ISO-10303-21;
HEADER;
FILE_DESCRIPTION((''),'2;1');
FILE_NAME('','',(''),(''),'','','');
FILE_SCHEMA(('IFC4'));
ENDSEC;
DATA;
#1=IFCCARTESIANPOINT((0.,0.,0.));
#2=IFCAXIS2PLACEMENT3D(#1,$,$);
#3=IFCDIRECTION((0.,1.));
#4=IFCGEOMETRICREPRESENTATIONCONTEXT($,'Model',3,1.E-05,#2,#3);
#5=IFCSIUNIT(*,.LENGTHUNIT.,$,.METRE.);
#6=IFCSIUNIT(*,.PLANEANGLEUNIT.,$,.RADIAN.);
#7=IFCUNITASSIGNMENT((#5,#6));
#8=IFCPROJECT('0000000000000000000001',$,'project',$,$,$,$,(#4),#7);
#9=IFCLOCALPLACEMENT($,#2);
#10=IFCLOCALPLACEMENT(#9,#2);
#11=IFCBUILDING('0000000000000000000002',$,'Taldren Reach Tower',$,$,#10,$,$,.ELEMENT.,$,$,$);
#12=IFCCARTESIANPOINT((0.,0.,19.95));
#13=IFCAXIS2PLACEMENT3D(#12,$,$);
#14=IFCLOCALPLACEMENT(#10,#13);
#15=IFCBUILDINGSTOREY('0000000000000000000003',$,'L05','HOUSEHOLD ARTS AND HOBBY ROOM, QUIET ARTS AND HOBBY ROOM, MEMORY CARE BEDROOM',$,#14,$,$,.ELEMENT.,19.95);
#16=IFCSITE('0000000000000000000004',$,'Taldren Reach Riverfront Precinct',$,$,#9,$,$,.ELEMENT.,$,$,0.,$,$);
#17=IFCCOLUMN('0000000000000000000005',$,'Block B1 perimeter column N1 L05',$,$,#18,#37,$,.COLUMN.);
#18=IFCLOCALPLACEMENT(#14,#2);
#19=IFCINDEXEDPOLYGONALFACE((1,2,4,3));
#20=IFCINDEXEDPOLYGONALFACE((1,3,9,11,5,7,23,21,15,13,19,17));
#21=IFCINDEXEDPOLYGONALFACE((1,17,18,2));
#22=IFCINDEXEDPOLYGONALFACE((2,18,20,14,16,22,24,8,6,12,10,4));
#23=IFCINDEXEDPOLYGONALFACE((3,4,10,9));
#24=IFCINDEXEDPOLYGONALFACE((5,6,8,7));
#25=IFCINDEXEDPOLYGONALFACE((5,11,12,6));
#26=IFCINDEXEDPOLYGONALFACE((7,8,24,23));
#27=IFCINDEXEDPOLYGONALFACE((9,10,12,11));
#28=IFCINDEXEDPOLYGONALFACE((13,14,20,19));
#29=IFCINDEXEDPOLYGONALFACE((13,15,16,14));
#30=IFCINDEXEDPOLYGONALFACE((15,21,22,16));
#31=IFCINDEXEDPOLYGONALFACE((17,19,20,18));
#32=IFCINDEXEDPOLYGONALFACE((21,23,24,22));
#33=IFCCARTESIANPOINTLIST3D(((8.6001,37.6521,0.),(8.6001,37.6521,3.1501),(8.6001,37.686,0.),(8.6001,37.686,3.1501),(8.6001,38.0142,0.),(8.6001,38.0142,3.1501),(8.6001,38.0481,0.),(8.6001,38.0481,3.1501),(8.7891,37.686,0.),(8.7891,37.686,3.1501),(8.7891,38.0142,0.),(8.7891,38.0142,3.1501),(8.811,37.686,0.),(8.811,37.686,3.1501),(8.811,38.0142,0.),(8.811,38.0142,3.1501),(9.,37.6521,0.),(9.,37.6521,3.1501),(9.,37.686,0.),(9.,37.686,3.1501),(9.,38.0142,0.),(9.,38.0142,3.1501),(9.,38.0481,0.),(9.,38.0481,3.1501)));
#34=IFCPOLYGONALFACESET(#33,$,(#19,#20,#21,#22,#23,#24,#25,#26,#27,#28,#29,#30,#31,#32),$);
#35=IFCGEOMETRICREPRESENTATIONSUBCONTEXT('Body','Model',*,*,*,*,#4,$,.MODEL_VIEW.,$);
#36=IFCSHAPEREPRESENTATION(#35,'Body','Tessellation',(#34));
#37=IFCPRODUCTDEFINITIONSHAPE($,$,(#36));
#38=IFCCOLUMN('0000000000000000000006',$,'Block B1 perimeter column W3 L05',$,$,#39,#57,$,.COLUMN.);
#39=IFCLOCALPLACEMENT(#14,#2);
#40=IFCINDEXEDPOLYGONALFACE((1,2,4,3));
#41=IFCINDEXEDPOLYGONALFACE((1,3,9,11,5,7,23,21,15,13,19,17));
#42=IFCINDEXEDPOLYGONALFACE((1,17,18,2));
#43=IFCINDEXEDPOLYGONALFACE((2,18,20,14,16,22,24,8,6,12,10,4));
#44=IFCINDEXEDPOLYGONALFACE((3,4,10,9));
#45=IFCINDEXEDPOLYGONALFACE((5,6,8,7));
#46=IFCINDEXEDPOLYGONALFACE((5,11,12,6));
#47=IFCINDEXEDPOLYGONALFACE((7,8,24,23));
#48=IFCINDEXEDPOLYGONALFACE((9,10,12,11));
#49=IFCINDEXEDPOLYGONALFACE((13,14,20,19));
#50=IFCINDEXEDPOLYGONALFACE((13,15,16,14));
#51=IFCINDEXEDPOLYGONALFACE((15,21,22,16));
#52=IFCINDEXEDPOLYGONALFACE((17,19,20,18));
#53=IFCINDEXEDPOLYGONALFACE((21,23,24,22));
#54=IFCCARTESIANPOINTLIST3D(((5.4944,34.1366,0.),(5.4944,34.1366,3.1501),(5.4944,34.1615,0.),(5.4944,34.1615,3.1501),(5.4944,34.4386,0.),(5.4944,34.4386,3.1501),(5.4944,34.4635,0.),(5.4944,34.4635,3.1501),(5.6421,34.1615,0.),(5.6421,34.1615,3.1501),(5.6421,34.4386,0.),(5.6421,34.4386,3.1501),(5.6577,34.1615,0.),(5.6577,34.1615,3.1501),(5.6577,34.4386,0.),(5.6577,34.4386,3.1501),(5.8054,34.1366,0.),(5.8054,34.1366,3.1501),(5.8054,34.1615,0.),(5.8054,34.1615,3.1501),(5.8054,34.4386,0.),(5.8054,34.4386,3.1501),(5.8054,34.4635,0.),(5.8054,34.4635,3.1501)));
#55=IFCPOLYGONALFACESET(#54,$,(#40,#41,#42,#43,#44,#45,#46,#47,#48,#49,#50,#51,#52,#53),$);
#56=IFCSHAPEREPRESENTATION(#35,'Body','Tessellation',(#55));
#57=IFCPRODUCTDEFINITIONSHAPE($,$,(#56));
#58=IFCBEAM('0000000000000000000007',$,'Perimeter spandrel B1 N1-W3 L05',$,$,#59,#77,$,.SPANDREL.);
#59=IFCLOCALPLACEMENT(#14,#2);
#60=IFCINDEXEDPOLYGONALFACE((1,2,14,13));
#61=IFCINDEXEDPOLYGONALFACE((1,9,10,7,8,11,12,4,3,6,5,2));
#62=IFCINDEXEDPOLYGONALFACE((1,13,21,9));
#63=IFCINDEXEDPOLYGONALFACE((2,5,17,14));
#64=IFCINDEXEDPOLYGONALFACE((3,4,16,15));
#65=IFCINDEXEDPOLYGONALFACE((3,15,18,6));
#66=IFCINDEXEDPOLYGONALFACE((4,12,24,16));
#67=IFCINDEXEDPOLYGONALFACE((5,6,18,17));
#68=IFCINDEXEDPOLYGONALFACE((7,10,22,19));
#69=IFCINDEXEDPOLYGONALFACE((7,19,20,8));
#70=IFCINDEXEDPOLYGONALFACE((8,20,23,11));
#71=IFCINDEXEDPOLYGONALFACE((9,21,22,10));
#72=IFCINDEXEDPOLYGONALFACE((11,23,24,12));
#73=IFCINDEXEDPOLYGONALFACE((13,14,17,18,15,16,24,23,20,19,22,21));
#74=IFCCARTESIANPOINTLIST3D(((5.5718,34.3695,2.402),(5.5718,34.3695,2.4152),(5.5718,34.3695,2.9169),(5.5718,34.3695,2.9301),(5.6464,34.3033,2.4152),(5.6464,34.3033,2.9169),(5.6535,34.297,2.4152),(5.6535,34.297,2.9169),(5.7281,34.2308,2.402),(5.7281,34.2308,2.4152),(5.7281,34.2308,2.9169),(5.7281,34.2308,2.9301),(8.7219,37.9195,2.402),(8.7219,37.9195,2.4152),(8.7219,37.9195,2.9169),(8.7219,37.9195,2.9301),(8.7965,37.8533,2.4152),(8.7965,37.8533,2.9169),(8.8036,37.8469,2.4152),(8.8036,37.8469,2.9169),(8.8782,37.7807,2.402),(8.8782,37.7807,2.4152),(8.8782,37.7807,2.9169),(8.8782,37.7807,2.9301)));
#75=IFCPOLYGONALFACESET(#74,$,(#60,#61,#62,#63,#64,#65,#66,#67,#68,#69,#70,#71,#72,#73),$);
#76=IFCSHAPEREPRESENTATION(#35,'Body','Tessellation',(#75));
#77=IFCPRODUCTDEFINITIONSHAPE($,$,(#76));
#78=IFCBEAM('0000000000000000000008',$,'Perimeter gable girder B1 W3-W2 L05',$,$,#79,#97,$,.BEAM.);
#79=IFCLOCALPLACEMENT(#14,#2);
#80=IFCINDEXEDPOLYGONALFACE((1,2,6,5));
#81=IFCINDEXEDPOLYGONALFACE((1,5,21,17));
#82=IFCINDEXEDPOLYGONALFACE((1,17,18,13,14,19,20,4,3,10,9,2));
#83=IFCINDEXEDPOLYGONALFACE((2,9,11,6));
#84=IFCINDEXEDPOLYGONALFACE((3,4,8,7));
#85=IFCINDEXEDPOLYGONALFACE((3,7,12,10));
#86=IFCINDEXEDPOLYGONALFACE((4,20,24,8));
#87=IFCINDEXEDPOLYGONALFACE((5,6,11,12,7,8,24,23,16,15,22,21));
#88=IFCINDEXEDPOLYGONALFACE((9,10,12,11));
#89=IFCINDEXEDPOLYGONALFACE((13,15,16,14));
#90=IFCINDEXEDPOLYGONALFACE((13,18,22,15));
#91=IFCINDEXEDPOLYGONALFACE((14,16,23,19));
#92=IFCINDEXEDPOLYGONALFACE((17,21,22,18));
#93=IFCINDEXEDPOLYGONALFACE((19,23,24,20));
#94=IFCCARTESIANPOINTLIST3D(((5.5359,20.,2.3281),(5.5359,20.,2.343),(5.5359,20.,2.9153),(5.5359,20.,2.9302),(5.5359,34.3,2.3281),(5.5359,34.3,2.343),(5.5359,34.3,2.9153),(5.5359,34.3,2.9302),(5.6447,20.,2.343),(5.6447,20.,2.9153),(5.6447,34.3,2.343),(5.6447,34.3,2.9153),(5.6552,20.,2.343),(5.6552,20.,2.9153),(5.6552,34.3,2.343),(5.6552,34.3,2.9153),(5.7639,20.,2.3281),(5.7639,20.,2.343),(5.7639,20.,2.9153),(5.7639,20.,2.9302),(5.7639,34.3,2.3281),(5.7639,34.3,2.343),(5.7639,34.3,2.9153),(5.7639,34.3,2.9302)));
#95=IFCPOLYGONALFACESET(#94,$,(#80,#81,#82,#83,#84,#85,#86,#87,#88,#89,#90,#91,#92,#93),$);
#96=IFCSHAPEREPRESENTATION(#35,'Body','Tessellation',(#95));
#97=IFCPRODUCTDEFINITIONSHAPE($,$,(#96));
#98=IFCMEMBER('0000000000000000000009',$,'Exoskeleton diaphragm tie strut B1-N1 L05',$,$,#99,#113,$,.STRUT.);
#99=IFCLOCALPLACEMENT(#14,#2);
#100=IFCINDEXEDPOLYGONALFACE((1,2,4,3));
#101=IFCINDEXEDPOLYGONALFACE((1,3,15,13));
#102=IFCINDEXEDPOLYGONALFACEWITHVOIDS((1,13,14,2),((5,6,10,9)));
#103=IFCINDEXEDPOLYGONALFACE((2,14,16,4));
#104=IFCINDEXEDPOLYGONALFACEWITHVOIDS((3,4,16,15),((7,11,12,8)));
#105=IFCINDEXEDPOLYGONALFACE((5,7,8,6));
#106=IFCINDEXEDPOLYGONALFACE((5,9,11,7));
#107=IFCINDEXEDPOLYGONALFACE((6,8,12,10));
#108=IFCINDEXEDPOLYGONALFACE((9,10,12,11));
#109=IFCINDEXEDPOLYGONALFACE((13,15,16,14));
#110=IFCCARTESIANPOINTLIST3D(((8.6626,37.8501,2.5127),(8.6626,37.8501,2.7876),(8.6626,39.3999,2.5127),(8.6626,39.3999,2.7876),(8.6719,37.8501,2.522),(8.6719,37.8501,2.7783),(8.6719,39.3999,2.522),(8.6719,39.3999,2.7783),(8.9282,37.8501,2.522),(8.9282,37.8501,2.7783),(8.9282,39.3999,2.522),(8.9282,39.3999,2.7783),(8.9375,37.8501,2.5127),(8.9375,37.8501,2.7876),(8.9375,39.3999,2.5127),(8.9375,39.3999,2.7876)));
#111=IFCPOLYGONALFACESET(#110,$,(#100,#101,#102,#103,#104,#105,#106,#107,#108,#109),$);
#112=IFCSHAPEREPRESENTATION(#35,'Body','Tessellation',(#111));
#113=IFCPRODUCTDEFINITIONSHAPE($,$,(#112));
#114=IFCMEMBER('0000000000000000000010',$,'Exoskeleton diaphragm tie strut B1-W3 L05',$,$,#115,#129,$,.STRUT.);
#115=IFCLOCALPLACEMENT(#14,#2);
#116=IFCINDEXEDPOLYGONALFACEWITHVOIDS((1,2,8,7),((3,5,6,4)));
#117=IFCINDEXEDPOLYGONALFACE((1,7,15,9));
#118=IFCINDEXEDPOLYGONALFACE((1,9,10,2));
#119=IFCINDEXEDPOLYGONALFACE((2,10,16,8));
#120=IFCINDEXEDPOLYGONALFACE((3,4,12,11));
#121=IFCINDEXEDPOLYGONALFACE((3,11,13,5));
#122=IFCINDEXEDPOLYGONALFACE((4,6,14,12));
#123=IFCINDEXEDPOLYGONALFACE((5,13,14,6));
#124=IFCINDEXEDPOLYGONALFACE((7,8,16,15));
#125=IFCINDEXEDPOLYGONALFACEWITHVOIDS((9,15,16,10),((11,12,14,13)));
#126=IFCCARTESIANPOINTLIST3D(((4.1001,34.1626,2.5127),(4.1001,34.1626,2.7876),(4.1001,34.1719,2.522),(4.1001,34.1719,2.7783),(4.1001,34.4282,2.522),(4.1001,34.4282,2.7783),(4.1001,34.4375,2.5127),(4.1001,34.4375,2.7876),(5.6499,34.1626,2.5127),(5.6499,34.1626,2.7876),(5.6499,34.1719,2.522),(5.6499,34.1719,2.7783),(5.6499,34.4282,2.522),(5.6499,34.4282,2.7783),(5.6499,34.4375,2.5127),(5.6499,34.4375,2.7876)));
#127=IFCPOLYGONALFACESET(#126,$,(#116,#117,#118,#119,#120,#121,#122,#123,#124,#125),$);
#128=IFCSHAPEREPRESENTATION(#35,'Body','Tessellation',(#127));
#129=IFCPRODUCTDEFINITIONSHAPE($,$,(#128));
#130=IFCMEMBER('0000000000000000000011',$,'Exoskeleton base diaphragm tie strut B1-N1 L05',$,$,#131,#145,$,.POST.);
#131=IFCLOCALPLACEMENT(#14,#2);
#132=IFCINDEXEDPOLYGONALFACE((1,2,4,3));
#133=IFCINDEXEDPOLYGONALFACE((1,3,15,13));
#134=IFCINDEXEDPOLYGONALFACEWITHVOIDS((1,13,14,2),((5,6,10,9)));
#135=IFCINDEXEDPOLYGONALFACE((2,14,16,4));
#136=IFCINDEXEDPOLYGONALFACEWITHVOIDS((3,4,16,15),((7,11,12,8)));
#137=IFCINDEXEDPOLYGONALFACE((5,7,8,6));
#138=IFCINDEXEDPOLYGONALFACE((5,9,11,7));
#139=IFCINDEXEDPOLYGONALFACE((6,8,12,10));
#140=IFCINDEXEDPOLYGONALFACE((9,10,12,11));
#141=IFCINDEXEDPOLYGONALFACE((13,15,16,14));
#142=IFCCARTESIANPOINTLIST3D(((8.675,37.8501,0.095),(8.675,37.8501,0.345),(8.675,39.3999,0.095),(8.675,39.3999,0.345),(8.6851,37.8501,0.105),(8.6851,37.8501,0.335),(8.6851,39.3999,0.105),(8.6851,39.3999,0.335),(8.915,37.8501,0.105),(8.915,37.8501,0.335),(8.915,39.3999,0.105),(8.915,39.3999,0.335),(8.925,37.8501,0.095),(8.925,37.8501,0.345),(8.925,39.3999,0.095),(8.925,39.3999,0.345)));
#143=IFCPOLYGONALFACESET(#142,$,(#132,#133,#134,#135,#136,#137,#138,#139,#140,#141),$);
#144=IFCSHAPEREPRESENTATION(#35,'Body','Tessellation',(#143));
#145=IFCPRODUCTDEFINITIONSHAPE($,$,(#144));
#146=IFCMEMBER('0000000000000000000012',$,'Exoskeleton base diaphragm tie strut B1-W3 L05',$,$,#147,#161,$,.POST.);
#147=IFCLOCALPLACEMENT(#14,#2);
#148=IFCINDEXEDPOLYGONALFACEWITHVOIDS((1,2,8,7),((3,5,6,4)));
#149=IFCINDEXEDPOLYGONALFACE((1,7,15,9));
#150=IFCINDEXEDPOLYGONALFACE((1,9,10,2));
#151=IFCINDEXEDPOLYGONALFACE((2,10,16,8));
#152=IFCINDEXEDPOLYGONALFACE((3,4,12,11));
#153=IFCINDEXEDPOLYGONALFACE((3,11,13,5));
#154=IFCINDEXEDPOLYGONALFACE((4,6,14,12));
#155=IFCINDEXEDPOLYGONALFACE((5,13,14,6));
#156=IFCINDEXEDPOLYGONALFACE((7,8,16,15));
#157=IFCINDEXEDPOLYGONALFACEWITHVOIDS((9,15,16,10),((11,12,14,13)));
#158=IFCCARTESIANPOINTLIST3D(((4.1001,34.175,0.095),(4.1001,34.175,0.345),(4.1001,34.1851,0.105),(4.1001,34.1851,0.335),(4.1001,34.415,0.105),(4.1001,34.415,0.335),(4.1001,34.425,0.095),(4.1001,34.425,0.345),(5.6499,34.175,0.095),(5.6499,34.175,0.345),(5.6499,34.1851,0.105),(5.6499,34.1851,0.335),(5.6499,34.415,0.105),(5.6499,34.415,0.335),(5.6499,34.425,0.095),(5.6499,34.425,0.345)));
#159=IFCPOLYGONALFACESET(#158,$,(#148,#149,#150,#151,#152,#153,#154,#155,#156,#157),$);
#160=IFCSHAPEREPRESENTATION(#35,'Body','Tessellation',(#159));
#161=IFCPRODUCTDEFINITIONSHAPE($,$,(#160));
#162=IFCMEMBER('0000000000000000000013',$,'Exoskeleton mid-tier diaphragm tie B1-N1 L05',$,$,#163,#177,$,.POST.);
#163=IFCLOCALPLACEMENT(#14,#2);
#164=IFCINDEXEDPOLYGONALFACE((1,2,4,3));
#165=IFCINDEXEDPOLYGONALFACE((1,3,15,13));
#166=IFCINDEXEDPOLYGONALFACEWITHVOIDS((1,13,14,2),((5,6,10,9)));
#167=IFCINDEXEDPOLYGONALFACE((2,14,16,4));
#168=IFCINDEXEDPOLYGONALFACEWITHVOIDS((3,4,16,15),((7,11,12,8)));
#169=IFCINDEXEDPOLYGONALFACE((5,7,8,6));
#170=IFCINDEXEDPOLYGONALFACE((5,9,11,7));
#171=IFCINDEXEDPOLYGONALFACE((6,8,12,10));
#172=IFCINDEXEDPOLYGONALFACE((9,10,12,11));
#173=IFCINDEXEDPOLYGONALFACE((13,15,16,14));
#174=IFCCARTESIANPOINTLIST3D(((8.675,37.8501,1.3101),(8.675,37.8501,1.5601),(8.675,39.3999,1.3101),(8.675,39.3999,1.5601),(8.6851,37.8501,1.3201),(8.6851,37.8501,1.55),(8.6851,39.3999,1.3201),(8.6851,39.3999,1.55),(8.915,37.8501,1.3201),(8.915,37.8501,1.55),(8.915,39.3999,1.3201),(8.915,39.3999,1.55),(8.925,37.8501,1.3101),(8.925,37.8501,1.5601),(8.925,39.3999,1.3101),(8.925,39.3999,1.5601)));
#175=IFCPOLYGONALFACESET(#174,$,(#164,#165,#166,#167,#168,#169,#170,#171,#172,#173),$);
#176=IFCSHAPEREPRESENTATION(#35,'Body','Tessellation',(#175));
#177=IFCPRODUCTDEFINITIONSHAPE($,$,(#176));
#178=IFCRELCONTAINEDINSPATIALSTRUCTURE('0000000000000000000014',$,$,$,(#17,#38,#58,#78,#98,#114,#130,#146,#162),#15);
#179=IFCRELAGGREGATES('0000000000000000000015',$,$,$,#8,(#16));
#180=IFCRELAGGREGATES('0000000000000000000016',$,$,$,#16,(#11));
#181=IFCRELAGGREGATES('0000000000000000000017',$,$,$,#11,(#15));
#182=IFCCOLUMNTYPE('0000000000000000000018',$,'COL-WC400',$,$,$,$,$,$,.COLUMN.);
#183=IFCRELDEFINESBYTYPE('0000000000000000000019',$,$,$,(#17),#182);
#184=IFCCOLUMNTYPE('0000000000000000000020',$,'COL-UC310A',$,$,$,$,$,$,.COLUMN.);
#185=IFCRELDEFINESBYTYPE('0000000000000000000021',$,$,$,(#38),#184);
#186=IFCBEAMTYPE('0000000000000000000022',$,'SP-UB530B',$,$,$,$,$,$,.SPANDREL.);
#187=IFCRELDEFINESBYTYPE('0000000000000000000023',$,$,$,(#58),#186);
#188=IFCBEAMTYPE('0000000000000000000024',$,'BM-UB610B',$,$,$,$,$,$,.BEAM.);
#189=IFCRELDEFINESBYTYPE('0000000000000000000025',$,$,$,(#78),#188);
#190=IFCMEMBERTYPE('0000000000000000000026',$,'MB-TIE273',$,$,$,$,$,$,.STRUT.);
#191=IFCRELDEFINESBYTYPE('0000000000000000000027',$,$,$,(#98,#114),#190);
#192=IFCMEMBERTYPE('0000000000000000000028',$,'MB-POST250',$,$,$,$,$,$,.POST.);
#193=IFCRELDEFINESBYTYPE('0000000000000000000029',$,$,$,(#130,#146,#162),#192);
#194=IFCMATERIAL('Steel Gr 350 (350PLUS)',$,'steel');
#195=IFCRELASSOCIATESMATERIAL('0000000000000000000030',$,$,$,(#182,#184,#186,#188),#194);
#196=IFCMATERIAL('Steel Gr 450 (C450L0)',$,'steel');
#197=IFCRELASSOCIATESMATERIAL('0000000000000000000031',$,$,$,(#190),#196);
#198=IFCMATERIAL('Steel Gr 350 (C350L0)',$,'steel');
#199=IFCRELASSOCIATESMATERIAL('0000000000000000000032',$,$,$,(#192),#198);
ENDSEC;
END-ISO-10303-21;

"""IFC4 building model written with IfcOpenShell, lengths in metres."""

from ifc_helpers import new_model, si_unit, direction, frame, origin, origin_2d, place, context, subcontext, project, spatial, hollow_rectangle, i_section, extrude, source, transform, mapped, material, material_profile, profile_set, type_object, element, save


model = new_model("IFC4")

# Units and contexts
model_context = context("Model", 3, precision=1e-05, world=origin(), true_north=direction((0.0, 1.0)))
body_context = subcontext(model_context, "Body", "Model", "MODEL_VIEW")
ifc_project = project(units=[si_unit("LENGTHUNIT", "METRE"), si_unit("PLANEANGLEUNIT", "RADIAN")], contexts=[model_context])

# Site, building, storey
site_placement = place(None, origin())
site = spatial("IfcSite", under=ifc_project, at=site_placement, Name="Taldren Reach Riverfront Precinct", CompositionType="ELEMENT", RefElevation=0.0)
building_placement = place(site_placement, origin())
building = spatial("IfcBuilding", under=site, at=building_placement, Name="Taldren Reach Tower", CompositionType="ELEMENT")
storey_placement = place(building_placement, frame((0.0, 0.0, 19.95)))
storey = spatial("IfcBuildingStorey", under=building, at=storey_placement, Name="L05", Description="HOUSEHOLD ARTS AND HOBBY ROOM, QUIET ARTS AND HOBBY ROOM, MEMORY CARE BEDROOM", CompositionType="ELEMENT", Elevation=19.95)

# Columns
ifc_material_1 = material(Name="Steel Gr 350 (350PLUS)", Category="steel")
ifc_material_profile_1 = material_profile(ifc_material_1, i_section(OverallWidth=0.3999, OverallDepth=0.396, WebThickness=0.022, FlangeThickness=0.0339, at=origin_2d()), Name="400WC270")
ifc_profile_set_1 = profile_set([ifc_material_profile_1], Name="Steel Gr 350 (350PLUS)")
column_type_1 = type_object("IfcColumnType", Name="COL-WC400", PredefinedType="COLUMN", material=ifc_profile_set_1)
shared_shape_1 = source(origin(), body_context, "Body", "SweptSolid", [
    extrude(i_section(OverallWidth=0.3999, OverallDepth=0.396, WebThickness=0.022, FlangeThickness=0.0339, at=origin_2d()), origin(), (0.0, 0.0, 1.0), 3.1501),
])
column_1_placement = place(storey_placement, frame((8.8, 37.8501, 0.0), z_axis=(0.0, 0.0, 1.0), x_axis=(1.0, 0.0, 0.0)))
element("IfcColumn", 1, at=column_1_placement, inside=storey, type_object=column_type_1, Name="Block B1 perimeter column N1 L05", PredefinedType="COLUMN", context=body_context, shape_type="MappedRepresentation", body=[
    mapped(shared_shape_1, transform((0.0, 0.0, 0.0), scale=1.0)),
])
ifc_material_profile_2 = material_profile(ifc_material_1, i_section(OverallWidth=0.311, OverallDepth=0.3269, WebThickness=0.0156, FlangeThickness=0.0249, at=origin_2d()), Name="310UC158")
ifc_profile_set_2 = profile_set([ifc_material_profile_2], Name="Steel Gr 350 (350PLUS)")
column_type_2 = type_object("IfcColumnType", Name="COL-UC310A", PredefinedType="COLUMN", material=ifc_profile_set_2)
shared_shape_2 = source(origin(), body_context, "Body", "SweptSolid", [
    extrude(i_section(OverallWidth=0.311, OverallDepth=0.3269, WebThickness=0.0156, FlangeThickness=0.0249, at=origin_2d()), origin(), (0.0, 0.0, 1.0), 3.1501),
])
column_2_placement = place(storey_placement, frame((5.6499, 34.3, 0.0), z_axis=(0.0, 0.0, 1.0), x_axis=(1.0, 0.0, 0.0)))
element("IfcColumn", 2, at=column_2_placement, inside=storey, type_object=column_type_2, Name="Block B1 perimeter column W3 L05", PredefinedType="COLUMN", context=body_context, shape_type="MappedRepresentation", body=[
    mapped(shared_shape_2, transform((0.0, 0.0, 0.0), scale=1.0)),
])

# Beams
ifc_material_profile_3 = material_profile(ifc_material_1, i_section(OverallWidth=0.209, OverallDepth=0.5281, WebThickness=0.0095, FlangeThickness=0.0132, at=origin_2d()), Name="530UB82.0")
ifc_profile_set_3 = profile_set([ifc_material_profile_3], Name="Steel Gr 350 (350PLUS)")
beam_type_1 = type_object("IfcBeamType", Name="SP-UB530B", PredefinedType="SPANDREL", material=ifc_profile_set_3)
shared_shape_3 = source(origin(), body_context, "Body", "SweptSolid", [
    extrude(i_section(OverallWidth=0.209, OverallDepth=0.5281, WebThickness=0.0095, FlangeThickness=0.0132, at=origin_2d()), origin(), (0.0, 0.0, 1.0), 4.7461),
])
beam_1_placement = place(storey_placement, frame((8.8, 37.8501, 2.666), z_axis=(-0.663722, -0.747979, 0.0), x_axis=(0.747979, -0.663722, 0.0)))
element("IfcBeam", 3, at=beam_1_placement, inside=storey, type_object=beam_type_1, Name="Perimeter spandrel B1 N1-W3 L05", PredefinedType="SPANDREL", context=body_context, shape_type="MappedRepresentation", body=[
    mapped(shared_shape_3, transform((0.0, 0.0, 0.0), scale=1.0)),
])
ifc_material_profile_4 = material_profile(ifc_material_1, i_section(OverallWidth=0.228, OverallDepth=0.6021, WebThickness=0.0105, FlangeThickness=0.0149, at=origin_2d()), Name="610UB101")
ifc_profile_set_4 = profile_set([ifc_material_profile_4], Name="Steel Gr 350 (350PLUS)")
beam_type_2 = type_object("IfcBeamType", Name="BM-UB610B", PredefinedType="BEAM", material=ifc_profile_set_4)
shared_shape_4 = source(origin(), body_context, "Body", "SweptSolid", [
    extrude(i_section(OverallWidth=0.228, OverallDepth=0.6021, WebThickness=0.0105, FlangeThickness=0.0149, at=origin_2d()), origin(), (0.0, 0.0, 1.0), 14.3),
])
beam_2_placement = place(storey_placement, frame((5.6499, 34.3, 2.6292), z_axis=(0.0, -1.0, 0.0), x_axis=(1.0, 0.0, 0.0)))
element("IfcBeam", 4, at=beam_2_placement, inside=storey, type_object=beam_type_2, Name="Perimeter gable girder B1 W3-W2 L05", PredefinedType="BEAM", context=body_context, shape_type="MappedRepresentation", body=[
    mapped(shared_shape_4, transform((0.0, 0.0, 0.0), scale=1.0)),
])

# Members
ifc_material_2 = material(Name="Steel Gr 450 (C450L0)", Category="steel")
ifc_material_profile_5 = material_profile(ifc_material_2, hollow_rectangle(XDim=0.2749, YDim=0.2749, WallThickness=0.0093, at=origin_2d()), Name="275x275x9.3SHS")
ifc_profile_set_5 = profile_set([ifc_material_profile_5], Name="Steel Gr 450 (C450L0)")
member_type_1 = type_object("IfcMemberType", Name="MB-TIE273", PredefinedType="STRUT", material=ifc_profile_set_5)
shared_shape_5 = source(origin(), body_context, "Body", "SweptSolid", [
    extrude(hollow_rectangle(XDim=0.2749, YDim=0.2749, WallThickness=0.0093, at=origin_2d()), origin(), (0.0, 0.0, 1.0), 1.5498),
])
for number, where, z_axis, x_axis, name in (
    (5, (8.8, 37.8501, 2.6501), (0.0, 1.0, 0.0), (-1.0, 0.0, 0.0), "Exoskeleton diaphragm tie strut B1-N1 L05"),
    (6, (5.6499, 34.3, 2.6501), (-1.0, 0.0, 0.0), (0.0, -1.0, 0.0), "Exoskeleton diaphragm tie strut B1-W3 L05"),
):
    element("IfcMember", number, at=place(storey_placement, frame(where, z_axis=z_axis, x_axis=x_axis)), inside=storey, type_object=member_type_1, Name=name, PredefinedType="STRUT", context=body_context, shape_type="MappedRepresentation", body=[
        mapped(shared_shape_5, transform((0.0, 0.0, 0.0), scale=1.0)),
    ])
ifc_material_3 = material(Name="Steel Gr 350 (C350L0)", Category="steel")
ifc_material_profile_6 = material_profile(ifc_material_3, hollow_rectangle(XDim=0.25, YDim=0.25, WallThickness=0.01, at=origin_2d()), Name="250x250x10.0SHS")
ifc_profile_set_6 = profile_set([ifc_material_profile_6], Name="Steel Gr 350 (C350L0)")
member_type_2 = type_object("IfcMemberType", Name="MB-POST250", PredefinedType="POST", material=ifc_profile_set_6)
shared_shape_6 = source(origin(), body_context, "Body", "SweptSolid", [
    extrude(hollow_rectangle(XDim=0.25, YDim=0.25, WallThickness=0.01, at=origin_2d()), origin(), (0.0, 0.0, 1.0), 1.5498),
])
for number, where, z_axis, x_axis, name in (
    (7, (8.8, 37.8501, 0.22), (0.0, 1.0, 0.0), (-1.0, 0.0, 0.0), "Exoskeleton base diaphragm tie strut B1-N1 L05"),
    (8, (5.6499, 34.3, 0.22), (-1.0, 0.0, 0.0), (0.0, -1.0, 0.0), "Exoskeleton base diaphragm tie strut B1-W3 L05"),
    (9, (8.8, 37.8501, 1.4351), (0.0, 1.0, 0.0), (-1.0, 0.0, 0.0), "Exoskeleton mid-tier diaphragm tie B1-N1 L05"),
):
    element("IfcMember", number, at=place(storey_placement, frame(where, z_axis=z_axis, x_axis=x_axis)), inside=storey, type_object=member_type_2, Name=name, PredefinedType="POST", context=body_context, shape_type="MappedRepresentation", body=[
        mapped(shared_shape_6, transform((0.0, 0.0, 0.0), scale=1.0)),
    ])

save(model, "model.ifc")
